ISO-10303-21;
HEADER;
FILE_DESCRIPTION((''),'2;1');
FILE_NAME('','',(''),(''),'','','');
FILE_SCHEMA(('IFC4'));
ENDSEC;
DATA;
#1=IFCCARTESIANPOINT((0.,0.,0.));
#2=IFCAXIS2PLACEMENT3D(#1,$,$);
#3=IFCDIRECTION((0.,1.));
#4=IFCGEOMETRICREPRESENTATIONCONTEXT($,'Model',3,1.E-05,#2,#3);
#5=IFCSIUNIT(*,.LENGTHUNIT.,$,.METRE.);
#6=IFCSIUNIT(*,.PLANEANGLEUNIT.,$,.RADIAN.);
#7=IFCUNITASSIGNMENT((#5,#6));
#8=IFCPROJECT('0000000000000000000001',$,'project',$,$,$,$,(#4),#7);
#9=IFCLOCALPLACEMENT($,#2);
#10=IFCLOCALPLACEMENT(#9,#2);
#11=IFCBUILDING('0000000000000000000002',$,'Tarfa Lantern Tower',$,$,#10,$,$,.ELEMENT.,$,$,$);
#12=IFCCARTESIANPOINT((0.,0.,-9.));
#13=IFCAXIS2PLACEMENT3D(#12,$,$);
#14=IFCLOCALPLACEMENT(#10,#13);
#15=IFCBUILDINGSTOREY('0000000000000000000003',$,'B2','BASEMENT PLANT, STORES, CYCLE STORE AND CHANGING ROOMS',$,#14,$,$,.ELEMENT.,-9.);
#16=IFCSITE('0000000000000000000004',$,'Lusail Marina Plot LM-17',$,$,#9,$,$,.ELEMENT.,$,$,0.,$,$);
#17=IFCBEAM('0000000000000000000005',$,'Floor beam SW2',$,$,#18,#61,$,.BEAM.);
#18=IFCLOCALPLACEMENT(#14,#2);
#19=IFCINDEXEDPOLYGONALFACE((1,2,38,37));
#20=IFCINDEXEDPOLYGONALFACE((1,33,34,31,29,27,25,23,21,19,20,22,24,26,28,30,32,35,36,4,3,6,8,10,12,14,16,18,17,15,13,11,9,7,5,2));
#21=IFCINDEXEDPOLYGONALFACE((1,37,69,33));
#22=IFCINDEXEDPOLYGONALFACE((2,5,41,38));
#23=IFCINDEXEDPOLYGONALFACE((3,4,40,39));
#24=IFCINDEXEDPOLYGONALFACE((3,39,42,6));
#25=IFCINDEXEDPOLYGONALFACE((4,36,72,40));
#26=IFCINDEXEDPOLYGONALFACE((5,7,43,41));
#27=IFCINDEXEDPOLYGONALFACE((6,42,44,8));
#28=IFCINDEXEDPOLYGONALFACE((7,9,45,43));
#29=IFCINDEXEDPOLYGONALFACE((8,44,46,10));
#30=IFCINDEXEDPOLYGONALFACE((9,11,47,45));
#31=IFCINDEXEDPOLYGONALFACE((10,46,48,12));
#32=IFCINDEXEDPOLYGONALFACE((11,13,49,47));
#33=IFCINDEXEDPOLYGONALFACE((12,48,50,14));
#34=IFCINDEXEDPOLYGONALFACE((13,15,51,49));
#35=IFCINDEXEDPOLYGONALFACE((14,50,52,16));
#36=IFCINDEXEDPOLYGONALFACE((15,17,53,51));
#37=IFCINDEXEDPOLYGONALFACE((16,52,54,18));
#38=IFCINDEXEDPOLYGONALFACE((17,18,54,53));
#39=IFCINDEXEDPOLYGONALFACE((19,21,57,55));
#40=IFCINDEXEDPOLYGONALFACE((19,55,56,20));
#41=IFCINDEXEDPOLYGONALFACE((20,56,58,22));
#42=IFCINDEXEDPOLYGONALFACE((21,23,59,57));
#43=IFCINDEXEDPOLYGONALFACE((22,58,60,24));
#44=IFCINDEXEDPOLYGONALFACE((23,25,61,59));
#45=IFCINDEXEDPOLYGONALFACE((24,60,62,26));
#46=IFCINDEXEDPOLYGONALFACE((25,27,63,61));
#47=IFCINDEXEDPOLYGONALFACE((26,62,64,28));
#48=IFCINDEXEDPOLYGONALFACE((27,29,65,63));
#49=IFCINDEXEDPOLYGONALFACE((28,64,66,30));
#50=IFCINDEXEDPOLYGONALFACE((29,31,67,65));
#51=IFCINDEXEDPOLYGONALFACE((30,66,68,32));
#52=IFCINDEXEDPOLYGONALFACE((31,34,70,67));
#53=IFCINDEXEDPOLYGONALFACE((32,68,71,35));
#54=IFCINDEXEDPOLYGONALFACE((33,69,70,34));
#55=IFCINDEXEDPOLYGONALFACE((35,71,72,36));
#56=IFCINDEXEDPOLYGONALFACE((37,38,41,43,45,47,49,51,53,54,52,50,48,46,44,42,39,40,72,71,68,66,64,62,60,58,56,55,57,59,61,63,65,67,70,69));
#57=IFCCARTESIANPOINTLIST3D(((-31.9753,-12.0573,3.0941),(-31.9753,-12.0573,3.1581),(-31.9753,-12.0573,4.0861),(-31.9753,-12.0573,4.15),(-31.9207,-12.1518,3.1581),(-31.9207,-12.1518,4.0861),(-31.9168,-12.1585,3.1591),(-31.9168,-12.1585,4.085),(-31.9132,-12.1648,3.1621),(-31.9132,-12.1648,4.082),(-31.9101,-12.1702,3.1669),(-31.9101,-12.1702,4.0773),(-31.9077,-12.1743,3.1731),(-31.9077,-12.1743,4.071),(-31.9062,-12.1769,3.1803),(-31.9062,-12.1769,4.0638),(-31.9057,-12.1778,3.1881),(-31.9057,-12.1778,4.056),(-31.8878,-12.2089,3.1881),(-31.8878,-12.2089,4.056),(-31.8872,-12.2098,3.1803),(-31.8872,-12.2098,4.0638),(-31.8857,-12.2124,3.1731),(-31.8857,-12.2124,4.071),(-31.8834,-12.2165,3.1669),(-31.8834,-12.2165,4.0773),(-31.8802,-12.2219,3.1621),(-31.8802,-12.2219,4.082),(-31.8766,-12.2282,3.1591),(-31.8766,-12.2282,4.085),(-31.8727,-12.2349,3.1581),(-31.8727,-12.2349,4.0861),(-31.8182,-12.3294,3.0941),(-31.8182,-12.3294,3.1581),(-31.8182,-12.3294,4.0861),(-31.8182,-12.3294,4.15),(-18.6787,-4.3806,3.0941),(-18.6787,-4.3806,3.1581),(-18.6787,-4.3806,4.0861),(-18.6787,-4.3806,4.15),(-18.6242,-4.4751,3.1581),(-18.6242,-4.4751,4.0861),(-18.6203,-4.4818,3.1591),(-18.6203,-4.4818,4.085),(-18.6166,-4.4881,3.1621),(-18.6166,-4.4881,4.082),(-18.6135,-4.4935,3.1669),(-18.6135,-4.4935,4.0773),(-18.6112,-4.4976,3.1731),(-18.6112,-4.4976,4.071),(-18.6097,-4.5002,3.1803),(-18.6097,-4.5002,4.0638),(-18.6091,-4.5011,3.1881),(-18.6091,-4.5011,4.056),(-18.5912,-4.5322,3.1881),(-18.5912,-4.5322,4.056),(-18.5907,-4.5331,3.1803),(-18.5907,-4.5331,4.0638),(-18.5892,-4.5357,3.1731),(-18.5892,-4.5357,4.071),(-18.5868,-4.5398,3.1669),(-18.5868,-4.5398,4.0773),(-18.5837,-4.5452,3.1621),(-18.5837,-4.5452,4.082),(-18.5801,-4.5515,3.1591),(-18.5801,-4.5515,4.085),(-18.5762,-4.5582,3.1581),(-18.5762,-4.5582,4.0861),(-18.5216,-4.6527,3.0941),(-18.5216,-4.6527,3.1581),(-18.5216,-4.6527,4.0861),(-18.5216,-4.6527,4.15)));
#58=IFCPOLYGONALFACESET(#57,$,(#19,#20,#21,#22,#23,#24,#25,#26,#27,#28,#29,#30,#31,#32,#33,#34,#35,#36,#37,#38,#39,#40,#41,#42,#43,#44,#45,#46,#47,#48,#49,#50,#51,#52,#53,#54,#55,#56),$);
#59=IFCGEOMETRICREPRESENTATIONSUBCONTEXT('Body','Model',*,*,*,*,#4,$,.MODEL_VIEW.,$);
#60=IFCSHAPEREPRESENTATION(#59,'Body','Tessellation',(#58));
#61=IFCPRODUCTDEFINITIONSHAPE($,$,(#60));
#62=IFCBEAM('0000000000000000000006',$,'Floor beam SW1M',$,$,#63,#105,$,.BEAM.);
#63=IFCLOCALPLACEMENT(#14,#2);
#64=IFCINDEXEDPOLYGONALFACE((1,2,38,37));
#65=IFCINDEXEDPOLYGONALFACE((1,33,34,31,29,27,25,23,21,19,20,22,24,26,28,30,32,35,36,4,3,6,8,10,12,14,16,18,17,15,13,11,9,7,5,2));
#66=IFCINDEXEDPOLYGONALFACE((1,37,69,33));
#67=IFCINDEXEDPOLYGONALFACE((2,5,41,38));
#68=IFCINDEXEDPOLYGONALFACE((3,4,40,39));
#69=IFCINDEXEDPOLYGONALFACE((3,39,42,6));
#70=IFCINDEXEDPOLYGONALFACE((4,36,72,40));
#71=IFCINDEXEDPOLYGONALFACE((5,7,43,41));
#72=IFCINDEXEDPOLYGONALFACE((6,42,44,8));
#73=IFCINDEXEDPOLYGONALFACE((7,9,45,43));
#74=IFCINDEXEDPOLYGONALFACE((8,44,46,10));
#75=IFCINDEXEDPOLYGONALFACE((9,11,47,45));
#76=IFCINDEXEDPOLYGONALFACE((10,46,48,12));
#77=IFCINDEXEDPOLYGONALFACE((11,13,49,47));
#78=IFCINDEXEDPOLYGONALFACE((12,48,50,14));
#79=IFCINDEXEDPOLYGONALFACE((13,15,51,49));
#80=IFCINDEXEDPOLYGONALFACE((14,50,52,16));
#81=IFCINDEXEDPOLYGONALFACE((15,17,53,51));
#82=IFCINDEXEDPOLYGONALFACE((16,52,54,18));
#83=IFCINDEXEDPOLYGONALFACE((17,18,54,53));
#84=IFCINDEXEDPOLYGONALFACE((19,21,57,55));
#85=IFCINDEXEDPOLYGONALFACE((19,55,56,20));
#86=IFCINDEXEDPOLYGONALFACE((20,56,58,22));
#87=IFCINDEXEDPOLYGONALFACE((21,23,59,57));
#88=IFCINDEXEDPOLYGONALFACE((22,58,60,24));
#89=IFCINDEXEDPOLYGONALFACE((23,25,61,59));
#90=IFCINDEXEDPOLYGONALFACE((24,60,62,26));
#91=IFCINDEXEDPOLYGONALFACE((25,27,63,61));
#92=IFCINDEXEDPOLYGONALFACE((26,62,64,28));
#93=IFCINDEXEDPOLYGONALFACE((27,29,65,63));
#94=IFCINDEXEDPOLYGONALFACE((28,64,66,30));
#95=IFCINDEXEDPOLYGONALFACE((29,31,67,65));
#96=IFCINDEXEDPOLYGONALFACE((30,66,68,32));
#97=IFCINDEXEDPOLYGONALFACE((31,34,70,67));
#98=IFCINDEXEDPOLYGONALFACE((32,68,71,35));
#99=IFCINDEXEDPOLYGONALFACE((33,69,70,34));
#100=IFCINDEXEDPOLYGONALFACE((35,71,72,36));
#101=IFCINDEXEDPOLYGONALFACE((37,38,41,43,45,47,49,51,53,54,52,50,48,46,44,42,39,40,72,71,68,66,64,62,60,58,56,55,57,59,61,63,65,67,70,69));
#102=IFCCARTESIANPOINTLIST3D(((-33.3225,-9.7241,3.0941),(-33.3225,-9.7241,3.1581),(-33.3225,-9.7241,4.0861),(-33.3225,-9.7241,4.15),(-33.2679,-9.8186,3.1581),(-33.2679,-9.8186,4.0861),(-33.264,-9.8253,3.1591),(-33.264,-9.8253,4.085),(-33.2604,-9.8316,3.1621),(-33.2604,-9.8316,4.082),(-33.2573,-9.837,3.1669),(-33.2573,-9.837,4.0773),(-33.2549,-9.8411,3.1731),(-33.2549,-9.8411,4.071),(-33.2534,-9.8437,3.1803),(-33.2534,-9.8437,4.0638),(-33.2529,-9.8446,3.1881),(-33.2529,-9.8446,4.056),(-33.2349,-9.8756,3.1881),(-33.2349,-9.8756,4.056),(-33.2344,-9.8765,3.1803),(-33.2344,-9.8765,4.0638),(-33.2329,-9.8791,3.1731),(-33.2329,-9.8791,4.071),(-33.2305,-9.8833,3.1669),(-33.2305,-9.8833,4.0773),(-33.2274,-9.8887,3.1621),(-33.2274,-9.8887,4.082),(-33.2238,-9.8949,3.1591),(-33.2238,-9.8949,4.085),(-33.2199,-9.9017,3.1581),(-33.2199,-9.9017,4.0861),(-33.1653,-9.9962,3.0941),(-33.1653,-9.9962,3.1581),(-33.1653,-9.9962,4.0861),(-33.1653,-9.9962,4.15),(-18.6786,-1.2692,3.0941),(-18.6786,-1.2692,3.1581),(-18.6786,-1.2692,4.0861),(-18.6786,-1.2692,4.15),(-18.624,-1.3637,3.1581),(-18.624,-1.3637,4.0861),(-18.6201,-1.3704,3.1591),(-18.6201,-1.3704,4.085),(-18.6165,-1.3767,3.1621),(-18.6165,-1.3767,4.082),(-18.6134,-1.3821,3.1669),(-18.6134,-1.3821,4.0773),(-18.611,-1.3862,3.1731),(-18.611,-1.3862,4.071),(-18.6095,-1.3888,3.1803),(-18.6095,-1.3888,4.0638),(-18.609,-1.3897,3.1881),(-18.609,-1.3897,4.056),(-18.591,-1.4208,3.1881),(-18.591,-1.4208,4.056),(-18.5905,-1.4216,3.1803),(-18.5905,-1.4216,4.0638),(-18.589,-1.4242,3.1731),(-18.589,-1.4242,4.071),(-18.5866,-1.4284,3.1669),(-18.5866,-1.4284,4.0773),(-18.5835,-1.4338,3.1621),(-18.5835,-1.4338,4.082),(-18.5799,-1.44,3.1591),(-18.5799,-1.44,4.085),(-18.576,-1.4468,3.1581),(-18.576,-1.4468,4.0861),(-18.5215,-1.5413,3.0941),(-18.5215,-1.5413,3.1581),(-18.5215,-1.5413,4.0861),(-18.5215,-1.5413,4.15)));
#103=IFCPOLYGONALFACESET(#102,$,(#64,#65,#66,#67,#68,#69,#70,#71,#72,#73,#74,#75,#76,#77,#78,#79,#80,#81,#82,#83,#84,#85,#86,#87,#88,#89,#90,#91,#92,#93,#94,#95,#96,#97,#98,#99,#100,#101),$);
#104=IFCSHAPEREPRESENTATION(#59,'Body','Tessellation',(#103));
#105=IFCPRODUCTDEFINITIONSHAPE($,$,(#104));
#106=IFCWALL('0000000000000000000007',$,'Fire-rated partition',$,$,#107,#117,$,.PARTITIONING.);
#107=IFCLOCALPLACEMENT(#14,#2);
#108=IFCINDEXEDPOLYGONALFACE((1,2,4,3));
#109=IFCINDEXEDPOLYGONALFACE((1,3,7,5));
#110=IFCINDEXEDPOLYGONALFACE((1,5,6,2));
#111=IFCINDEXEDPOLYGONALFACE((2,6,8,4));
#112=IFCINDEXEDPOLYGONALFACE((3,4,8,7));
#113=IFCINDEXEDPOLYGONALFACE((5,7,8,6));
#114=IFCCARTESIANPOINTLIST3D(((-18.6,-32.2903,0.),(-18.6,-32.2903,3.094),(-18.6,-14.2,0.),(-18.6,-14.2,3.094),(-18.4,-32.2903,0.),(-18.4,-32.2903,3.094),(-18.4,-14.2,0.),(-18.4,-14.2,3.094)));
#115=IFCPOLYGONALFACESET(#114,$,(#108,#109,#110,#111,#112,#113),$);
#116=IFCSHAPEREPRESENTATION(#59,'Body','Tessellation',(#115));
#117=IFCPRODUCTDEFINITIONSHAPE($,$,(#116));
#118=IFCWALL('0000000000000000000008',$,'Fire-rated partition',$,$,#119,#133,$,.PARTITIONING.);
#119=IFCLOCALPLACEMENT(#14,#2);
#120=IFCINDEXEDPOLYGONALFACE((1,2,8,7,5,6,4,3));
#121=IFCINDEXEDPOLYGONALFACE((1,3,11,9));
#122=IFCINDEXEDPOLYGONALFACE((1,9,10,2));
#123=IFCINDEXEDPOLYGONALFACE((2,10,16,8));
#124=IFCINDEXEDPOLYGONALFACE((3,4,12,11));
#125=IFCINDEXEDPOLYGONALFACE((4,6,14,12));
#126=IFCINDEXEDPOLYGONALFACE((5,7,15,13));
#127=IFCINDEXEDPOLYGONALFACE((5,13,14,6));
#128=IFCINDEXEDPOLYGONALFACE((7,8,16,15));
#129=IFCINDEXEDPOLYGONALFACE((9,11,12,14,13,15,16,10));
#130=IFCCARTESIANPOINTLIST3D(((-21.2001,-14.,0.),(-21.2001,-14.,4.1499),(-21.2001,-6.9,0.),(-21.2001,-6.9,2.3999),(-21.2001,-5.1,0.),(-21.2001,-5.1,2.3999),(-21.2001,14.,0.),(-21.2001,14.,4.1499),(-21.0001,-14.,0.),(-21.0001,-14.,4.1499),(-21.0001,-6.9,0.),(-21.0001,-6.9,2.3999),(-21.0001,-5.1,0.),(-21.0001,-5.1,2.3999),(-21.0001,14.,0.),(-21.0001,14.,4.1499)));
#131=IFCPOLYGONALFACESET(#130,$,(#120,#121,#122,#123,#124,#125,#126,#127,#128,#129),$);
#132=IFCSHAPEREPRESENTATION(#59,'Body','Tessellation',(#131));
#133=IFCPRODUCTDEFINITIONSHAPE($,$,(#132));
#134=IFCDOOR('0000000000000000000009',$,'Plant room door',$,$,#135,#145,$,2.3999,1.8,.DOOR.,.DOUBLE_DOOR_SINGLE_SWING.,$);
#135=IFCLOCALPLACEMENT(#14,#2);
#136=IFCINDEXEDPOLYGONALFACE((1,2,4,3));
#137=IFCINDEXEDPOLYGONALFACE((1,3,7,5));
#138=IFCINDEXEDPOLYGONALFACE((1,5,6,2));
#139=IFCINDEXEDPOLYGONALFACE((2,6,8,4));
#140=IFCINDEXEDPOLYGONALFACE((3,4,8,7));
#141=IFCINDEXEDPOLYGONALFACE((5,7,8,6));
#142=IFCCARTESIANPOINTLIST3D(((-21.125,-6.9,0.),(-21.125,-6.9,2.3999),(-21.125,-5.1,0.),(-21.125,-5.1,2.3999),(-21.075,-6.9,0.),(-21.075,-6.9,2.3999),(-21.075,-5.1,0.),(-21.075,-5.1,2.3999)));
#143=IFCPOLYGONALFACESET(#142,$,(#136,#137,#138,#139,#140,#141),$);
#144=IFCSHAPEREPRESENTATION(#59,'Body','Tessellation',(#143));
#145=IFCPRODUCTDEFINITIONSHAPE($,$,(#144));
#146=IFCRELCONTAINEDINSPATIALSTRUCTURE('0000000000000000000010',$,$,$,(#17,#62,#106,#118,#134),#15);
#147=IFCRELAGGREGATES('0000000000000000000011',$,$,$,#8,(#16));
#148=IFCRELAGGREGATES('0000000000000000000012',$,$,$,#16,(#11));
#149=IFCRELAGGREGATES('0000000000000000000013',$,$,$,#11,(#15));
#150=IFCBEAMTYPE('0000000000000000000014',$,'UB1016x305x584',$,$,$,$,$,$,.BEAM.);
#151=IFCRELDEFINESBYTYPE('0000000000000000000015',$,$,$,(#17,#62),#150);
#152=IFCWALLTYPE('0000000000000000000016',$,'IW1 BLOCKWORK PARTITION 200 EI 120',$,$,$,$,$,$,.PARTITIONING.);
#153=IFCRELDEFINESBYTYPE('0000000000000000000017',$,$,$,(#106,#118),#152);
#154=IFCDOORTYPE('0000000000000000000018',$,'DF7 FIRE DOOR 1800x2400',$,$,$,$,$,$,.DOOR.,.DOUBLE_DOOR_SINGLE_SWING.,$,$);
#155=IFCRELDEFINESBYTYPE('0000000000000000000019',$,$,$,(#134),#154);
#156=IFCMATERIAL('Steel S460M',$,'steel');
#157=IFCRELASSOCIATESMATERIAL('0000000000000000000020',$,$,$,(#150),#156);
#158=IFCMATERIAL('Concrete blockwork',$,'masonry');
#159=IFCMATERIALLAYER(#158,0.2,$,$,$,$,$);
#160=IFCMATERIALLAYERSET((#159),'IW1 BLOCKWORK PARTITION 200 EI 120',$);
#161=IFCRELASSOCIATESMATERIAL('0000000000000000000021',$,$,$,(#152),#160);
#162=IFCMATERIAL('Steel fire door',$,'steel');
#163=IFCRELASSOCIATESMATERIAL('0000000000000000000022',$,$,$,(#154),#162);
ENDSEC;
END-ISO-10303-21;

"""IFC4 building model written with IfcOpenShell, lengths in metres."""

from ifc_helpers import new_model, si_unit, direction, frame, frame_2d, origin, origin_2d, place, context, subcontext, project, spatial, rectangle, i_section, extrude, material, layer, layer_set, material_profile, profile_set, type_object, element, fill, save


model = new_model("IFC4")

# Units and contexts
model_context = context("Model", 3, precision=1e-05, world=origin(), true_north=direction((0.0, 1.0)))
body_context = subcontext(model_context, "Body", "Model", "MODEL_VIEW")
ifc_project = project(units=[si_unit("LENGTHUNIT", "METRE"), si_unit("PLANEANGLEUNIT", "RADIAN")], contexts=[model_context])

# Site, building, storey
site_placement = place(None, origin())
site = spatial("IfcSite", under=ifc_project, at=site_placement, Name="Lusail Marina Plot LM-17", CompositionType="ELEMENT", RefElevation=0.0)
building_placement = place(site_placement, origin())
building = spatial("IfcBuilding", under=site, at=building_placement, Name="Tarfa Lantern Tower", CompositionType="ELEMENT")
storey_placement = place(building_placement, frame((0.0, 0.0, -9.0)))
storey = spatial("IfcBuildingStorey", under=building, at=storey_placement, Name="B2", Description="BASEMENT PLANT, STORES, CYCLE STORE AND CHANGING ROOMS", CompositionType="ELEMENT", Elevation=-9.0)

# Beams
ifc_material_1 = material(Name="Steel S460M", Category="steel")
ifc_material_profile_1 = material_profile(ifc_material_1, i_section(OverallWidth=0.3142, OverallDepth=1.0559, WebThickness=0.0359, FlangeThickness=0.064, FilletRadius=0.03, at=origin_2d()), Name="UB1016x305x584")
ifc_profile_set_1 = profile_set([ifc_material_profile_1], Name="Steel S460M")
beam_type_1 = type_object("IfcBeamType", Name="UB1016x305x584", PredefinedType="BEAM", material=ifc_profile_set_1)
beam_1_placement = place(storey_placement, frame((-31.8967, -12.1934, 3.6221), z_axis=(0.866027, 0.499997, 0.0), x_axis=(-0.499997, 0.866027, 0.0)))
element("IfcBeam", 1, at=beam_1_placement, inside=storey, type_object=beam_type_1, Name="Floor beam SW2", PredefinedType="BEAM", context=body_context, shape_type="SweptSolid", body=[
    extrude(i_section(OverallWidth=0.3142, OverallDepth=1.0559, WebThickness=0.0359, FlangeThickness=0.064, FilletRadius=0.03, at=origin_2d()), origin(), (0.0, 0.0, 1.0), 15.3535),
])
beam_2_placement = place(storey_placement, frame((-33.2439, -9.8601, 3.6221), z_axis=(0.866019, 0.50001, 0.0), x_axis=(-0.50001, 0.866019, 0.0)))
element("IfcBeam", 2, at=beam_2_placement, inside=storey, type_object=beam_type_1, Name="Floor beam SW1M", PredefinedType="BEAM", context=body_context, shape_type="SweptSolid", body=[
    extrude(i_section(OverallWidth=0.3142, OverallDepth=1.0559, WebThickness=0.0359, FlangeThickness=0.064, FilletRadius=0.03, at=origin_2d()), origin(), (0.0, 0.0, 1.0), 16.9094),
])

# Wall
ifc_material_2 = material(Name="Concrete blockwork", Category="masonry")
ifc_layer = layer(ifc_material_2, 0.2)
ifc_layer_set = layer_set([ifc_layer], Name="IW1 BLOCKWORK PARTITION 200 EI 120")
wall_type = type_object("IfcWallType", Name="IW1 BLOCKWORK PARTITION 200 EI 120", PredefinedType="PARTITIONING", material=ifc_layer_set)
wall_1_placement = place(storey_placement, frame((-18.5, -14.2, 0.0), z_axis=(0.0, 0.0, 1.0), x_axis=(0.0, -1.0, 0.0)))
element("IfcWall", 3, at=wall_1_placement, inside=storey, type_object=wall_type, Name="Fire-rated partition", PredefinedType="PARTITIONING", context=body_context, shape_type="SweptSolid", body=[
    extrude(rectangle(XDim=18.0903, YDim=0.2, at=frame_2d((9.0452, 0.0))), origin(), (0.0, 0.0, 1.0), 3.094),
])

# Wall, opening, door
wall_2_placement = place(storey_placement, frame((-21.1001, -14.0, 0.0), z_axis=(0.0, 0.0, 1.0), x_axis=(0.0, 1.0, 0.0)))
wall_2 = element("IfcWall", 4, at=wall_2_placement, inside=storey, type_object=wall_type, Name="Fire-rated partition", PredefinedType="PARTITIONING", context=body_context, shape_type="SweptSolid", body=[
    extrude(rectangle(XDim=28.0, YDim=0.2, at=frame_2d((14.0, 0.0))), origin(), (0.0, 0.0, 1.0), 4.1499),
])
opening_placement = place(wall_2_placement, frame((7.1001, 0.0, 0.0)))
opening = element("IfcOpeningElement", 5, at=opening_placement, cuts=wall_2, PredefinedType="OPENING", context=body_context, shape_type="SweptSolid", body=[
    extrude(rectangle(XDim=1.8, YDim=2.3999, at=frame_2d((0.8999, 1.2))), frame((0.0, 0.1099, 0.0), z_axis=(0.0, -1.0, 0.0), x_axis=(1.0, 0.0, 0.0)), (0.0, 0.0, 1.0), 0.22),
])
ifc_material_3 = material(Name="Steel fire door", Category="steel")
door_type = type_object("IfcDoorType", Name="DF7 FIRE DOOR 1800x2400", OperationType="DOUBLE_DOOR_SINGLE_SWING", PredefinedType="DOOR", material=ifc_material_3)
door_placement = place(opening_placement, origin())
door = element("IfcDoor", 6, at=door_placement, inside=storey, type_object=door_type, Name="Plant room door", OperationType="DOUBLE_DOOR_SINGLE_SWING", OverallHeight=2.3999, OverallWidth=1.8, PredefinedType="DOOR", context=body_context, shape_type="SweptSolid", body=[
    extrude(rectangle(XDim=1.8, YDim=2.3999, at=frame_2d((0.8999, 1.2))), frame((0.0, 0.0249, 0.0), z_axis=(0.0, -1.0, 0.0), x_axis=(1.0, 0.0, 0.0)), (0.0, 0.0, 1.0), 0.05),
])
fill(opening, door)

save(model, "model.ifc")
